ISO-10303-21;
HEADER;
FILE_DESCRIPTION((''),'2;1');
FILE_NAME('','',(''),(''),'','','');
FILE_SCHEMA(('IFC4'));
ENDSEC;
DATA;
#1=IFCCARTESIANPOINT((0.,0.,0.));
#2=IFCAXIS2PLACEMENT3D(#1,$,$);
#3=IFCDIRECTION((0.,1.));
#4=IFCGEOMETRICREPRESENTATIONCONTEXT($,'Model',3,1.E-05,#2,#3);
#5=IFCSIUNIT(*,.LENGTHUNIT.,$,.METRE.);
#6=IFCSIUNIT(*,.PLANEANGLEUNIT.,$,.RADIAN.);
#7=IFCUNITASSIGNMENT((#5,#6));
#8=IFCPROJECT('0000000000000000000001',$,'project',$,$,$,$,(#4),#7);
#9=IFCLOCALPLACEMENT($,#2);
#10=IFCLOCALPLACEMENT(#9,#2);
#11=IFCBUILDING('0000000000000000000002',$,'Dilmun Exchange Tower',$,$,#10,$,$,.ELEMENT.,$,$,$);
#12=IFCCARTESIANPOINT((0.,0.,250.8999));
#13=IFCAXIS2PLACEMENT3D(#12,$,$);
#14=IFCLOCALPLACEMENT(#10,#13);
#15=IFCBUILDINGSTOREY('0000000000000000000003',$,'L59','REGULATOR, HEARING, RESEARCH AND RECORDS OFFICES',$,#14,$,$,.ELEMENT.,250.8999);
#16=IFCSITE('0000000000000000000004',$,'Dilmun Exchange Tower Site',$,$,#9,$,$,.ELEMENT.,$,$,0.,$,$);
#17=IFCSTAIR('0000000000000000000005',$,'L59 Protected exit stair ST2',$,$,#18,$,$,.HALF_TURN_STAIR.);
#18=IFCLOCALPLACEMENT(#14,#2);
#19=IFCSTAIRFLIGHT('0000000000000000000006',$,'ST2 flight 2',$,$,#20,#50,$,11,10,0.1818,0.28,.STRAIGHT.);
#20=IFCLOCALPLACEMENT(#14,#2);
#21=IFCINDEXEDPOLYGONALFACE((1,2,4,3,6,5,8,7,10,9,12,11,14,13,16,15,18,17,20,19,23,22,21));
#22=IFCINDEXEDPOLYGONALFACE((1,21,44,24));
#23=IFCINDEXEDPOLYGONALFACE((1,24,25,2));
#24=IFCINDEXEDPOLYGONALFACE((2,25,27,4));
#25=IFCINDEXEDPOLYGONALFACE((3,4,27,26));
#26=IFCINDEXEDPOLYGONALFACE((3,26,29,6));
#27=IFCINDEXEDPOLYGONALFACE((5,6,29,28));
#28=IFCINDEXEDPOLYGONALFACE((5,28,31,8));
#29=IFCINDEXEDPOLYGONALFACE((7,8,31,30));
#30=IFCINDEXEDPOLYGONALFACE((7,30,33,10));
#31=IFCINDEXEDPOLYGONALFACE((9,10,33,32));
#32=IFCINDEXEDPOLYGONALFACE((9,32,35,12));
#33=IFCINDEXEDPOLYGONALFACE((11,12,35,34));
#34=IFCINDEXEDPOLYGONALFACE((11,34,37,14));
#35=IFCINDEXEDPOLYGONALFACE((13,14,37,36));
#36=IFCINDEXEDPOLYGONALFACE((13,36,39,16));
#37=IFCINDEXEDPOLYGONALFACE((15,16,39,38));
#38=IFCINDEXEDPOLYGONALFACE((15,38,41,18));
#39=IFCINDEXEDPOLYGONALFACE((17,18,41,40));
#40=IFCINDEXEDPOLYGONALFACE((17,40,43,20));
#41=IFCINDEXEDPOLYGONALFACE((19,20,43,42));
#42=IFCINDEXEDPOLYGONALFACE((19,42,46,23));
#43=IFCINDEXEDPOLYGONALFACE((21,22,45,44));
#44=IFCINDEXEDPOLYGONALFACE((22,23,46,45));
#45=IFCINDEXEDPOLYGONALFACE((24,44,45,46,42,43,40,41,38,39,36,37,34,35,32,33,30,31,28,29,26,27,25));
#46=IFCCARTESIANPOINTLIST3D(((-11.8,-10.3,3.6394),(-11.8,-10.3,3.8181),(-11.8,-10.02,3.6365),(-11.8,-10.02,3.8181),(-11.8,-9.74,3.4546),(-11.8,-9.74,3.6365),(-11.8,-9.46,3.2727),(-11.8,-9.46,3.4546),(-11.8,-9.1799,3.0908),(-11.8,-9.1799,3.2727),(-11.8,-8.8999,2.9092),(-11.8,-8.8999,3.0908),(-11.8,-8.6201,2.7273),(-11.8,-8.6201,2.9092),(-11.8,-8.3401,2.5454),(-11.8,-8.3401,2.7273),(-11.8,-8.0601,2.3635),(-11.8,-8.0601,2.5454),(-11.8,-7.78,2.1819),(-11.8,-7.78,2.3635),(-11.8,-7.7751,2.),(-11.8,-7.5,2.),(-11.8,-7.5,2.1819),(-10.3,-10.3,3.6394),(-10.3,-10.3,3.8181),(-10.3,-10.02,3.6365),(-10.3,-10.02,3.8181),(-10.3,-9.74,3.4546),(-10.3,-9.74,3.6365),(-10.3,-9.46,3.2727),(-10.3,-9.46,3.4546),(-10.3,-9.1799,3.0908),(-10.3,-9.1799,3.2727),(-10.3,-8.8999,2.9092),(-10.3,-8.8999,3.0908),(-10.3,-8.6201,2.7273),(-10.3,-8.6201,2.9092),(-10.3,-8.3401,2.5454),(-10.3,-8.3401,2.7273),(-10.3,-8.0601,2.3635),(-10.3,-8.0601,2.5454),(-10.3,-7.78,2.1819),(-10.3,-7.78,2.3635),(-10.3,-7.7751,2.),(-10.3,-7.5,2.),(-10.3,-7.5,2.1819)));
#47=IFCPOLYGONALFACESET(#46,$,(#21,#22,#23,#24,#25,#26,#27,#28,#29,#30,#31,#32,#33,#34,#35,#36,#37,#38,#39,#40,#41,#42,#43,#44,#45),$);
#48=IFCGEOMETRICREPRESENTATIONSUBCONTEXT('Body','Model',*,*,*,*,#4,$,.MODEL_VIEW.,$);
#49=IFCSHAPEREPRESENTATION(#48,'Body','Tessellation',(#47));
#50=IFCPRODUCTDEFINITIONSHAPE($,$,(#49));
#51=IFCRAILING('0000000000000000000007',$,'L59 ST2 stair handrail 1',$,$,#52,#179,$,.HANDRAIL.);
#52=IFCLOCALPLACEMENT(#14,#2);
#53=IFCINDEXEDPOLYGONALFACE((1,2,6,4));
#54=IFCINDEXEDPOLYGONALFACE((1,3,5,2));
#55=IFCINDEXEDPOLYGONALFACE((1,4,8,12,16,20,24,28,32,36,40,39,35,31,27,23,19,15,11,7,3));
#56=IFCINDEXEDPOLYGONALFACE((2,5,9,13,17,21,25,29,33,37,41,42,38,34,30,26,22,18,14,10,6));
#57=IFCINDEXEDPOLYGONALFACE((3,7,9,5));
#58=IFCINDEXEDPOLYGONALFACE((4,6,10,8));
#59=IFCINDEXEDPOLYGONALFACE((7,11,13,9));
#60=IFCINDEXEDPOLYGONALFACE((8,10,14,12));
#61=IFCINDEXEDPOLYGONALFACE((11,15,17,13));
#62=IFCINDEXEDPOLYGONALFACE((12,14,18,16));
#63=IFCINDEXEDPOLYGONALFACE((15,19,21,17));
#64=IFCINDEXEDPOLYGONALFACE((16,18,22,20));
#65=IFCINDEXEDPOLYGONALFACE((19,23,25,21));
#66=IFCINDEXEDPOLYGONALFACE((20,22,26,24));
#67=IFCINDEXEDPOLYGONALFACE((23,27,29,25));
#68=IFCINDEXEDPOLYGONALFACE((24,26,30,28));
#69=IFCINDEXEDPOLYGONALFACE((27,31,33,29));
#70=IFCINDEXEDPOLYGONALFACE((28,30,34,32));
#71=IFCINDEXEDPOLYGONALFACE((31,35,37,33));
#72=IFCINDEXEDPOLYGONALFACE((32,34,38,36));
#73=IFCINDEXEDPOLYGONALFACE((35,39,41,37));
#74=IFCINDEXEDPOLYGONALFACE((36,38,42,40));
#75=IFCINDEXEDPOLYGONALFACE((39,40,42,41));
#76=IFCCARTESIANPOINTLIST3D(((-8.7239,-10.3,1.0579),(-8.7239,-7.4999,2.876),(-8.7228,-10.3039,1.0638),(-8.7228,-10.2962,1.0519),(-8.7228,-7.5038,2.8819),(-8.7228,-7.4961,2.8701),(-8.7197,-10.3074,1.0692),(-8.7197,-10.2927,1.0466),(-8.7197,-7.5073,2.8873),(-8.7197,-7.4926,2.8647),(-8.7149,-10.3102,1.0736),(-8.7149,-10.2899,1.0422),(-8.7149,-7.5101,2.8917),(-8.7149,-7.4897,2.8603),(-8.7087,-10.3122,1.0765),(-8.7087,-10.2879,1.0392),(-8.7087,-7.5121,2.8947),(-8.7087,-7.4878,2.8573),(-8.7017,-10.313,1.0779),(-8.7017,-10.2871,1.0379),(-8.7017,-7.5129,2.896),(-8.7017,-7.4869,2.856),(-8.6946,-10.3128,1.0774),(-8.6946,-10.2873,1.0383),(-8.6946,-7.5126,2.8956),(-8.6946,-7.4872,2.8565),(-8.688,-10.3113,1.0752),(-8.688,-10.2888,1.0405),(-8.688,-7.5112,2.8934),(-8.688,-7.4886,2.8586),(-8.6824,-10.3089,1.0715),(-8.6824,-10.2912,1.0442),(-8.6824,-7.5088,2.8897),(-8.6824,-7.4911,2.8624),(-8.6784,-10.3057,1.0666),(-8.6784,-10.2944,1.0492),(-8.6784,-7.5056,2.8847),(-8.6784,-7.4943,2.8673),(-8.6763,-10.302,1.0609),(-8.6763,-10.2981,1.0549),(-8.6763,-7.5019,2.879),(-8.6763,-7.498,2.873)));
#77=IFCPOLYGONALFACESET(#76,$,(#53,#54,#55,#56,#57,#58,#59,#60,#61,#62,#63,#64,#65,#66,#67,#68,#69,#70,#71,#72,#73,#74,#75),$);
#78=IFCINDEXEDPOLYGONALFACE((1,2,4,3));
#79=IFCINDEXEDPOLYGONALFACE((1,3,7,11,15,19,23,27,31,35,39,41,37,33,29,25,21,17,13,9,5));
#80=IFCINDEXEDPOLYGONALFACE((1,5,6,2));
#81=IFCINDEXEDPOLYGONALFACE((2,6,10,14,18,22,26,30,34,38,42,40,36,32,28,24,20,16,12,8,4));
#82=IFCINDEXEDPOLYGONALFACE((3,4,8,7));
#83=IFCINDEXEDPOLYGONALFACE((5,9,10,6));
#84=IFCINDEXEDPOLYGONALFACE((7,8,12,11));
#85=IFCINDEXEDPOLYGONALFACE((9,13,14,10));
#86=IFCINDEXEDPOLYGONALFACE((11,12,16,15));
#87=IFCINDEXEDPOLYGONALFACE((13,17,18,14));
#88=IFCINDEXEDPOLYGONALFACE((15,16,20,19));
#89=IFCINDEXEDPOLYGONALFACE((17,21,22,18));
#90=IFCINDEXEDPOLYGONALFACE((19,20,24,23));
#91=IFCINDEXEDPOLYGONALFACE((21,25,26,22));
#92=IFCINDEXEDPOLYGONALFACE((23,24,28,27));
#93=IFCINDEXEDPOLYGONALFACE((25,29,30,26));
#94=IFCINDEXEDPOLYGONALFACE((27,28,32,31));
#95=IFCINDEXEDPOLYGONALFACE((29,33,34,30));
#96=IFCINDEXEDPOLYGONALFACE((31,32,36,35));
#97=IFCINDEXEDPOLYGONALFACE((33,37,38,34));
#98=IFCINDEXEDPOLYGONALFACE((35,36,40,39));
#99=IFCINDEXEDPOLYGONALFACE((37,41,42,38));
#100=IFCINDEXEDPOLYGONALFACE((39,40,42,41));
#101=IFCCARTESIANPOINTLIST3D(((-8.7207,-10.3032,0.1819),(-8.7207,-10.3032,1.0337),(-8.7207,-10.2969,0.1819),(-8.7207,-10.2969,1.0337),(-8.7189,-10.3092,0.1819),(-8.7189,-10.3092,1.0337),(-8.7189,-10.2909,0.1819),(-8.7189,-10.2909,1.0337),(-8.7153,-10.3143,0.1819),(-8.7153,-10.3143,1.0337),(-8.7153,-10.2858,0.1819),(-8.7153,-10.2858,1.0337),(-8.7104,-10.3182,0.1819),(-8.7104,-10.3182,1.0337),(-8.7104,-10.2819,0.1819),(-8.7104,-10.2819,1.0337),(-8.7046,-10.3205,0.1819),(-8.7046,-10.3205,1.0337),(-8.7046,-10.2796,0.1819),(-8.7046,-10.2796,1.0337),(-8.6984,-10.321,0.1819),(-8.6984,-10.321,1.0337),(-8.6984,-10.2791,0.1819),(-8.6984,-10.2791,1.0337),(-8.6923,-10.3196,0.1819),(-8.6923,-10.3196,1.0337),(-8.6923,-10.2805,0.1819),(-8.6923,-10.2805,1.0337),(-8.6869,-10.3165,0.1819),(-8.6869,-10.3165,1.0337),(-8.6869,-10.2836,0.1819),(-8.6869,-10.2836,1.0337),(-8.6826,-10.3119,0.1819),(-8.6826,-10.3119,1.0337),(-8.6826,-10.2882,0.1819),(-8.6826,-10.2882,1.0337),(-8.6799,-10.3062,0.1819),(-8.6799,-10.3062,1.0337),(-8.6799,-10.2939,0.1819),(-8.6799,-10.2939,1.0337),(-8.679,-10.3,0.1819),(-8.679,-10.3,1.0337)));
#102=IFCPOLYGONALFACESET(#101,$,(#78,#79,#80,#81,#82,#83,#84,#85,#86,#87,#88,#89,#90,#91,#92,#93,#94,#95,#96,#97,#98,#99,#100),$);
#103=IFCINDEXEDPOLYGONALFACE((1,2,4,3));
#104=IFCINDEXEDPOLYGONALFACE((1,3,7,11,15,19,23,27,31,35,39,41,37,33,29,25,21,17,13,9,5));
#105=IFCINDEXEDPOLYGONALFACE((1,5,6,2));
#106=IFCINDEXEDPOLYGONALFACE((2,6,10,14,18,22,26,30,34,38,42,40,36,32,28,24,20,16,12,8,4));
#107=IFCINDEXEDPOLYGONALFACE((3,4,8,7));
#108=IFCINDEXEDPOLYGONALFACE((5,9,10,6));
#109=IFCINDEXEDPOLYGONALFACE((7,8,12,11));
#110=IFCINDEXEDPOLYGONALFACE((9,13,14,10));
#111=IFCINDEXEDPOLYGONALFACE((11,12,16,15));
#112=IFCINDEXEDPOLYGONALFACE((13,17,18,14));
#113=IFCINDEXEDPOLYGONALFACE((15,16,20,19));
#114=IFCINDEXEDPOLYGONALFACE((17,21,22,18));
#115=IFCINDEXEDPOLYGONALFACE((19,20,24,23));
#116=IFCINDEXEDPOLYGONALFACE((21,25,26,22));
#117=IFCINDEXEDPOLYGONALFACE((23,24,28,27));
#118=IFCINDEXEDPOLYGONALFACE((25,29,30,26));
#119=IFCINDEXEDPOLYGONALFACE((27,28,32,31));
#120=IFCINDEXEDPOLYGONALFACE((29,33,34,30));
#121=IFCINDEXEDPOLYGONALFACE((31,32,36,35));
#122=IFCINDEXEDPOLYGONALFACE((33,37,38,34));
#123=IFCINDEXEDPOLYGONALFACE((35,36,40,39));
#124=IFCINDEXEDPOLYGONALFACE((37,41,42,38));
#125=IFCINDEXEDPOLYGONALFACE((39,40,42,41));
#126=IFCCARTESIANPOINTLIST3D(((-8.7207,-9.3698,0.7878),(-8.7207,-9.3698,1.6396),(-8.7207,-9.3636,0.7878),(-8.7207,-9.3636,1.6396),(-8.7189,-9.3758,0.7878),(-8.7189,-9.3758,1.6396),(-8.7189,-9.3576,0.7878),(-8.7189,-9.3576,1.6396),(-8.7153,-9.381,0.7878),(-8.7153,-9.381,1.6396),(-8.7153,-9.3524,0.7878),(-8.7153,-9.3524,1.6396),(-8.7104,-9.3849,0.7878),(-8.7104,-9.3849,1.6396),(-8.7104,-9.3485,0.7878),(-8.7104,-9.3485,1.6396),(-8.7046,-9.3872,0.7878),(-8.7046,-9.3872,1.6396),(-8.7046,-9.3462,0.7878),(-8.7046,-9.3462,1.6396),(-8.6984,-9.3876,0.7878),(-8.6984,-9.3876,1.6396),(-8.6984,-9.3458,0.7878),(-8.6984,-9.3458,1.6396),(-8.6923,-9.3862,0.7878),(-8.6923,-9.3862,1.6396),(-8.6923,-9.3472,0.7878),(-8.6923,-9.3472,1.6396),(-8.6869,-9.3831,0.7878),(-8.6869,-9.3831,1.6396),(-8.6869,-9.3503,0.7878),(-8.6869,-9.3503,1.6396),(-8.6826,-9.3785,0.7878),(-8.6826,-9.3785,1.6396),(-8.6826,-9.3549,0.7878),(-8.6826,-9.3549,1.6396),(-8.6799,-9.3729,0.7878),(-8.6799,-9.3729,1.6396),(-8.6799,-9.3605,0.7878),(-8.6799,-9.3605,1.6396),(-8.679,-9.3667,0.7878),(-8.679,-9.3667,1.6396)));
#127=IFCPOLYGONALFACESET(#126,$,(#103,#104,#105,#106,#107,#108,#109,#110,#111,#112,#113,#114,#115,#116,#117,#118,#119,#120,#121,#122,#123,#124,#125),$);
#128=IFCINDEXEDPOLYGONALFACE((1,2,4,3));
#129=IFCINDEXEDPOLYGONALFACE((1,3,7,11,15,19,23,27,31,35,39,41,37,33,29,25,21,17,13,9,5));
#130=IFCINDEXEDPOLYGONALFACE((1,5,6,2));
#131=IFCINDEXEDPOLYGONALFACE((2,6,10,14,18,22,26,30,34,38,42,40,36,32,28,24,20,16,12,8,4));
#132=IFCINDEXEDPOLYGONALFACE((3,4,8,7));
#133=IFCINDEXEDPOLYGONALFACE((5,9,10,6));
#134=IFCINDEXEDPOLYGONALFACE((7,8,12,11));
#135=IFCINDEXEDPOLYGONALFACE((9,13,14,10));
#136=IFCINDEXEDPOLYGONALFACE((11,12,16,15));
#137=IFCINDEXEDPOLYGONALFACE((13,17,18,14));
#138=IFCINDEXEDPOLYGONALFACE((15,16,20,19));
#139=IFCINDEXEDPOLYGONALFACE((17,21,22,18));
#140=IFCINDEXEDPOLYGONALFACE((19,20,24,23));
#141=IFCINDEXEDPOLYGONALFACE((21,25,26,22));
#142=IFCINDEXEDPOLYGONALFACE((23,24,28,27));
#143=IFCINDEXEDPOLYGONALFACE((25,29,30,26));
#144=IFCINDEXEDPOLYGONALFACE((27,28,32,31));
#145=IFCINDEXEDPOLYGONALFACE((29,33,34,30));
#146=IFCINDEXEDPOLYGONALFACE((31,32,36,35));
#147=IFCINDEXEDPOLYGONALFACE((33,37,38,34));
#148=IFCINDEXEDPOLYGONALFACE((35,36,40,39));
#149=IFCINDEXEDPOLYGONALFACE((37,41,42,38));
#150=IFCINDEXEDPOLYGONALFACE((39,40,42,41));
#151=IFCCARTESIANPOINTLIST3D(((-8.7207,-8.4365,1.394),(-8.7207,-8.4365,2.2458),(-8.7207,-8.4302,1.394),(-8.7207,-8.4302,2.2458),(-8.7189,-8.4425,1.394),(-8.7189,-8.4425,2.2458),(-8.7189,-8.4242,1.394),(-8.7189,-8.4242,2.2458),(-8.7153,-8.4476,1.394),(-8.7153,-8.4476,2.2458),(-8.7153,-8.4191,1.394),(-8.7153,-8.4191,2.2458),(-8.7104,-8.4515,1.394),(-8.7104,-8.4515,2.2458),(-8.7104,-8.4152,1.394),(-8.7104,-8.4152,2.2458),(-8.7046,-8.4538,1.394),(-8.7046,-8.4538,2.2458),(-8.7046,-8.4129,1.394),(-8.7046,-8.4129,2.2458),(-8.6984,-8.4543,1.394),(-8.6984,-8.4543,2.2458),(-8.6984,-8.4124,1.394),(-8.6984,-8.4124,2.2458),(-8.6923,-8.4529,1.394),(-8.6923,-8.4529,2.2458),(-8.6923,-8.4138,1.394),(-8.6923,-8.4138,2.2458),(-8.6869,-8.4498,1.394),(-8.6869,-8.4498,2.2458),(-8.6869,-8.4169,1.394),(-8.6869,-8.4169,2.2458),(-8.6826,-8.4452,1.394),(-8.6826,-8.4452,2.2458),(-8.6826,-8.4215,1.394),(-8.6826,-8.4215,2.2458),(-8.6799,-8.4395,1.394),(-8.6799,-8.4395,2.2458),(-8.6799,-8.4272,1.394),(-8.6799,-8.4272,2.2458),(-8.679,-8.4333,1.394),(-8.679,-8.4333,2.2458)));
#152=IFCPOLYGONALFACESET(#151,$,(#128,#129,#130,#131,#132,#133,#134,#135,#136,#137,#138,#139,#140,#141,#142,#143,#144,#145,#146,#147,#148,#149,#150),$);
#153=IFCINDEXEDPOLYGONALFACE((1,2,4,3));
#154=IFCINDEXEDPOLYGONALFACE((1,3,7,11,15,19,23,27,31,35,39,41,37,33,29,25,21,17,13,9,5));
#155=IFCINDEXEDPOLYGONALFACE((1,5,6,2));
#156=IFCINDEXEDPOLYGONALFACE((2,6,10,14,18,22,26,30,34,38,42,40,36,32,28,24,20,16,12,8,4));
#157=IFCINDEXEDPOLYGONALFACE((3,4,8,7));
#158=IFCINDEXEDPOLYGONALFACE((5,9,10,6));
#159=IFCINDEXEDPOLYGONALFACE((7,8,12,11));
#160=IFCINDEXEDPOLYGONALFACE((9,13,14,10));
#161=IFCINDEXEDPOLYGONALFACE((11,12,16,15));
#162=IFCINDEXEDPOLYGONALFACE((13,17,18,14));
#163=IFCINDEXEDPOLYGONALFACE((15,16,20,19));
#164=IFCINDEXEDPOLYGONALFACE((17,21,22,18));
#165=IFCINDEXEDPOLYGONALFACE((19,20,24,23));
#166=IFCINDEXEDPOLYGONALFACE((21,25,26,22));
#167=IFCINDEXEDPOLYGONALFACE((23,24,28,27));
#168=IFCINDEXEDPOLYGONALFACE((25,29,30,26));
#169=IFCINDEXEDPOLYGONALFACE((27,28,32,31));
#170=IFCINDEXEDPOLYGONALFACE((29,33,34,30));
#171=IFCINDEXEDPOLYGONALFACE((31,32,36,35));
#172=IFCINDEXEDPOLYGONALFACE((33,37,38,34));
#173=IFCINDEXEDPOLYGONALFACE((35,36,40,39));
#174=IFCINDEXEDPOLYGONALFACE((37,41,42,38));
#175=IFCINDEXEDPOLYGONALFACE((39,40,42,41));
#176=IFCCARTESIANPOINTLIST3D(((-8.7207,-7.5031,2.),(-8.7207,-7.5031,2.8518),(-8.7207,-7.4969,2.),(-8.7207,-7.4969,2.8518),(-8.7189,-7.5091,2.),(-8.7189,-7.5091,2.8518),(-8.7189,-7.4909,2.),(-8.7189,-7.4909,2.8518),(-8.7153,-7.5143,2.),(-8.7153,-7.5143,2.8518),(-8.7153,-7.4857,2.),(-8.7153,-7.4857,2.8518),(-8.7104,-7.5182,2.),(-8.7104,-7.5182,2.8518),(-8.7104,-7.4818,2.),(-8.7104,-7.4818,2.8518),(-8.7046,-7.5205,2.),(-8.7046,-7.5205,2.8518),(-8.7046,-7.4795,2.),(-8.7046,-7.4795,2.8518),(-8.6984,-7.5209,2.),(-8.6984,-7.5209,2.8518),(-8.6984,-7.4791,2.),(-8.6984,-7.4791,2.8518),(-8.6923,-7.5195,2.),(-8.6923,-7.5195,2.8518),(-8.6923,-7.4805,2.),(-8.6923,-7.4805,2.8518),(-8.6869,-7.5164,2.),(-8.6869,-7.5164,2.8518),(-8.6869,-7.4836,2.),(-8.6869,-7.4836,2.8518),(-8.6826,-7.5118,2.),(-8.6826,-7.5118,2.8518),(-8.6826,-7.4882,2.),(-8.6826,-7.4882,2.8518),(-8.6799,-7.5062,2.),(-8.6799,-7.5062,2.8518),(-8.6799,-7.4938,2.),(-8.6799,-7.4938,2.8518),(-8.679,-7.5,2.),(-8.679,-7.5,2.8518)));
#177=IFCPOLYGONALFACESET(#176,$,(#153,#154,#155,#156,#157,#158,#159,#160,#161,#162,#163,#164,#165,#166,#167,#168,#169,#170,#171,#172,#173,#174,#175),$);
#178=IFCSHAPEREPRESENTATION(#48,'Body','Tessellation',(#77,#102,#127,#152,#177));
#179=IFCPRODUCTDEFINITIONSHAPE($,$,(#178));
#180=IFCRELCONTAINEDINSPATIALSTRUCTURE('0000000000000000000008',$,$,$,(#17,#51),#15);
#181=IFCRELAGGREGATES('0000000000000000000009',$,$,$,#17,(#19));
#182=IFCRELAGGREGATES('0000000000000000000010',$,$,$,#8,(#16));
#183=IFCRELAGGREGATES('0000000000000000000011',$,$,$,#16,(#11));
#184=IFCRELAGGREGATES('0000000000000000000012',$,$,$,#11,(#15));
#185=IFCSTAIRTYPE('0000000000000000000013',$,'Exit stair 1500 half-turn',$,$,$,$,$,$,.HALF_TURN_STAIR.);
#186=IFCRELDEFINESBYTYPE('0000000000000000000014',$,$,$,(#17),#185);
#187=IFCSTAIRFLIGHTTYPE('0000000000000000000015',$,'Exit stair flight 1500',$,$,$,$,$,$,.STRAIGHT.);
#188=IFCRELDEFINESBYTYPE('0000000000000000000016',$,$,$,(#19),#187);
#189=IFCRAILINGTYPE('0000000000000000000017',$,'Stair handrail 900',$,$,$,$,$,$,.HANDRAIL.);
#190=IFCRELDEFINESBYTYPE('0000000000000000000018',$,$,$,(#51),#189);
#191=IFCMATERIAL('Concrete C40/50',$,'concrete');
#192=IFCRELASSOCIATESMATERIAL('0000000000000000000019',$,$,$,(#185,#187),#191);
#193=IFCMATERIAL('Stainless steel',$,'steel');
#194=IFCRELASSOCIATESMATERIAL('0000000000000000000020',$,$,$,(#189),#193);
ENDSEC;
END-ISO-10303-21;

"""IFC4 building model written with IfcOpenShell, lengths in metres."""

from ifc_helpers import new_model, si_unit, direction, frame, origin, origin_2d, place, context, subcontext, project, spatial, polyline, circle, outline, extrude, material, type_object, element, aggregate, save


model = new_model("IFC4")

# Units and contexts
model_context = context("Model", 3, precision=1e-05, world=origin(), true_north=direction((0.0, 1.0)))
body_context = subcontext(model_context, "Body", "Model", "MODEL_VIEW")
ifc_project = project(units=[si_unit("LENGTHUNIT", "METRE"), si_unit("PLANEANGLEUNIT", "RADIAN")], contexts=[model_context])

# Site, building, storey
site_placement = place(None, origin())
site = spatial("IfcSite", under=ifc_project, at=site_placement, Name="Dilmun Exchange Tower Site", CompositionType="ELEMENT", RefElevation=0.0)
building_placement = place(site_placement, origin())
building = spatial("IfcBuilding", under=site, at=building_placement, Name="Dilmun Exchange Tower", CompositionType="ELEMENT")
storey_placement = place(building_placement, frame((0.0, 0.0, 250.8999)))
storey = spatial("IfcBuildingStorey", under=building, at=storey_placement, Name="L59", Description="REGULATOR, HEARING, RESEARCH AND RECORDS OFFICES", CompositionType="ELEMENT", Elevation=250.8999)

# Shared definitions
ifc_material_1 = material(Name="Concrete C40/50", Category="concrete")

# Stair, stair flight
stair_type = type_object("IfcStairType", Name="Exit stair 1500 half-turn", PredefinedType="HALF_TURN_STAIR", material=ifc_material_1)
stair_placement = place(storey_placement, origin())
stair = element("IfcStair", 1, at=stair_placement, inside=storey, type_object=stair_type, Name="L59 Protected exit stair ST2", PredefinedType="HALF_TURN_STAIR")
stair_flight_type = type_object("IfcStairFlightType", Name="Exit stair flight 1500", PredefinedType="STRAIGHT", material=ifc_material_1)
stair_flight_placement = place(storey_placement, frame((-11.05, -7.5, 2.0), z_axis=(0.0, 0.0, 1.0), x_axis=(0.0, -1.0, 0.0)))
stair_flight = element("IfcStairFlight", 2, at=stair_flight_placement, type_object=stair_flight_type, Name="ST2 flight 2", NumberOfRisers=11, NumberOfTreads=10, PredefinedType="STRAIGHT", RiserHeight=0.1818, TreadLength=0.28, context=body_context, shape_type="SweptSolid", body=[
    extrude(outline(polyline([(0.0, 0.0), (0.0, 0.1819), (0.28, 0.1819), (0.28, 0.3635), (0.5601, 0.3635), (0.5601, 0.5454), (0.8401, 0.5454), (0.8401, 0.7273), (1.1201, 0.7273), (1.1201, 0.9092), (1.3999, 0.9092), (1.3999, 1.0908), (1.6799, 1.0908), (1.6799, 1.2727), (1.96, 1.2727), (1.96, 1.4546), (2.24, 1.4546), (2.24, 1.6365), (2.52, 1.6365), (2.52, 1.8181), (2.8, 1.8181), (2.8, 2.0), (2.8, 1.6394), (0.2751, 0.0), (0.0, 0.0)])), frame((0.0, 0.75, 0.0), z_axis=(0.0, -1.0, 0.0), x_axis=(1.0, 0.0, 0.0)), (0.0, 0.0, 1.0), 1.5),
])
aggregate(stair, [stair_flight])

# Railing
ifc_material_2 = material(Name="Stainless steel", Category="steel")
railing_type = type_object("IfcRailingType", Name="Stair handrail 900", PredefinedType="HANDRAIL", material=ifc_material_2)
railing_1_placement = place(storey_placement, frame((-8.7, -10.3, 0.1819)))
element("IfcRailing", 3, at=railing_1_placement, inside=storey, type_object=railing_type, Name="L59 ST2 stair handrail 1", PredefinedType="HANDRAIL", context=body_context, shape_type="SweptSolid", body=[
    extrude(circle(Radius=0.0239, at=origin_2d()), frame((0.0, 0.0, 0.876), z_axis=(0.0, 0.838706, 0.544585), x_axis=(-1.0, 0.0, 0.0)), (0.0, 0.0, 1.0), 3.3386),
    extrude(circle(Radius=0.021, at=origin_2d()), origin(), (0.0, 0.0, 1.0), 0.8518),
    extrude(circle(Radius=0.021, at=origin_2d()), frame((0.0, 0.9333, 0.606)), (0.0, 0.0, 1.0), 0.8518),
    extrude(circle(Radius=0.021, at=origin_2d()), frame((0.0, 1.8667, 1.2122)), (0.0, 0.0, 1.0), 0.8518),
    extrude(circle(Radius=0.021, at=origin_2d()), frame((0.0, 2.8, 1.8181)), (0.0, 0.0, 1.0), 0.8518),
])

save(model, "model.ifc")
